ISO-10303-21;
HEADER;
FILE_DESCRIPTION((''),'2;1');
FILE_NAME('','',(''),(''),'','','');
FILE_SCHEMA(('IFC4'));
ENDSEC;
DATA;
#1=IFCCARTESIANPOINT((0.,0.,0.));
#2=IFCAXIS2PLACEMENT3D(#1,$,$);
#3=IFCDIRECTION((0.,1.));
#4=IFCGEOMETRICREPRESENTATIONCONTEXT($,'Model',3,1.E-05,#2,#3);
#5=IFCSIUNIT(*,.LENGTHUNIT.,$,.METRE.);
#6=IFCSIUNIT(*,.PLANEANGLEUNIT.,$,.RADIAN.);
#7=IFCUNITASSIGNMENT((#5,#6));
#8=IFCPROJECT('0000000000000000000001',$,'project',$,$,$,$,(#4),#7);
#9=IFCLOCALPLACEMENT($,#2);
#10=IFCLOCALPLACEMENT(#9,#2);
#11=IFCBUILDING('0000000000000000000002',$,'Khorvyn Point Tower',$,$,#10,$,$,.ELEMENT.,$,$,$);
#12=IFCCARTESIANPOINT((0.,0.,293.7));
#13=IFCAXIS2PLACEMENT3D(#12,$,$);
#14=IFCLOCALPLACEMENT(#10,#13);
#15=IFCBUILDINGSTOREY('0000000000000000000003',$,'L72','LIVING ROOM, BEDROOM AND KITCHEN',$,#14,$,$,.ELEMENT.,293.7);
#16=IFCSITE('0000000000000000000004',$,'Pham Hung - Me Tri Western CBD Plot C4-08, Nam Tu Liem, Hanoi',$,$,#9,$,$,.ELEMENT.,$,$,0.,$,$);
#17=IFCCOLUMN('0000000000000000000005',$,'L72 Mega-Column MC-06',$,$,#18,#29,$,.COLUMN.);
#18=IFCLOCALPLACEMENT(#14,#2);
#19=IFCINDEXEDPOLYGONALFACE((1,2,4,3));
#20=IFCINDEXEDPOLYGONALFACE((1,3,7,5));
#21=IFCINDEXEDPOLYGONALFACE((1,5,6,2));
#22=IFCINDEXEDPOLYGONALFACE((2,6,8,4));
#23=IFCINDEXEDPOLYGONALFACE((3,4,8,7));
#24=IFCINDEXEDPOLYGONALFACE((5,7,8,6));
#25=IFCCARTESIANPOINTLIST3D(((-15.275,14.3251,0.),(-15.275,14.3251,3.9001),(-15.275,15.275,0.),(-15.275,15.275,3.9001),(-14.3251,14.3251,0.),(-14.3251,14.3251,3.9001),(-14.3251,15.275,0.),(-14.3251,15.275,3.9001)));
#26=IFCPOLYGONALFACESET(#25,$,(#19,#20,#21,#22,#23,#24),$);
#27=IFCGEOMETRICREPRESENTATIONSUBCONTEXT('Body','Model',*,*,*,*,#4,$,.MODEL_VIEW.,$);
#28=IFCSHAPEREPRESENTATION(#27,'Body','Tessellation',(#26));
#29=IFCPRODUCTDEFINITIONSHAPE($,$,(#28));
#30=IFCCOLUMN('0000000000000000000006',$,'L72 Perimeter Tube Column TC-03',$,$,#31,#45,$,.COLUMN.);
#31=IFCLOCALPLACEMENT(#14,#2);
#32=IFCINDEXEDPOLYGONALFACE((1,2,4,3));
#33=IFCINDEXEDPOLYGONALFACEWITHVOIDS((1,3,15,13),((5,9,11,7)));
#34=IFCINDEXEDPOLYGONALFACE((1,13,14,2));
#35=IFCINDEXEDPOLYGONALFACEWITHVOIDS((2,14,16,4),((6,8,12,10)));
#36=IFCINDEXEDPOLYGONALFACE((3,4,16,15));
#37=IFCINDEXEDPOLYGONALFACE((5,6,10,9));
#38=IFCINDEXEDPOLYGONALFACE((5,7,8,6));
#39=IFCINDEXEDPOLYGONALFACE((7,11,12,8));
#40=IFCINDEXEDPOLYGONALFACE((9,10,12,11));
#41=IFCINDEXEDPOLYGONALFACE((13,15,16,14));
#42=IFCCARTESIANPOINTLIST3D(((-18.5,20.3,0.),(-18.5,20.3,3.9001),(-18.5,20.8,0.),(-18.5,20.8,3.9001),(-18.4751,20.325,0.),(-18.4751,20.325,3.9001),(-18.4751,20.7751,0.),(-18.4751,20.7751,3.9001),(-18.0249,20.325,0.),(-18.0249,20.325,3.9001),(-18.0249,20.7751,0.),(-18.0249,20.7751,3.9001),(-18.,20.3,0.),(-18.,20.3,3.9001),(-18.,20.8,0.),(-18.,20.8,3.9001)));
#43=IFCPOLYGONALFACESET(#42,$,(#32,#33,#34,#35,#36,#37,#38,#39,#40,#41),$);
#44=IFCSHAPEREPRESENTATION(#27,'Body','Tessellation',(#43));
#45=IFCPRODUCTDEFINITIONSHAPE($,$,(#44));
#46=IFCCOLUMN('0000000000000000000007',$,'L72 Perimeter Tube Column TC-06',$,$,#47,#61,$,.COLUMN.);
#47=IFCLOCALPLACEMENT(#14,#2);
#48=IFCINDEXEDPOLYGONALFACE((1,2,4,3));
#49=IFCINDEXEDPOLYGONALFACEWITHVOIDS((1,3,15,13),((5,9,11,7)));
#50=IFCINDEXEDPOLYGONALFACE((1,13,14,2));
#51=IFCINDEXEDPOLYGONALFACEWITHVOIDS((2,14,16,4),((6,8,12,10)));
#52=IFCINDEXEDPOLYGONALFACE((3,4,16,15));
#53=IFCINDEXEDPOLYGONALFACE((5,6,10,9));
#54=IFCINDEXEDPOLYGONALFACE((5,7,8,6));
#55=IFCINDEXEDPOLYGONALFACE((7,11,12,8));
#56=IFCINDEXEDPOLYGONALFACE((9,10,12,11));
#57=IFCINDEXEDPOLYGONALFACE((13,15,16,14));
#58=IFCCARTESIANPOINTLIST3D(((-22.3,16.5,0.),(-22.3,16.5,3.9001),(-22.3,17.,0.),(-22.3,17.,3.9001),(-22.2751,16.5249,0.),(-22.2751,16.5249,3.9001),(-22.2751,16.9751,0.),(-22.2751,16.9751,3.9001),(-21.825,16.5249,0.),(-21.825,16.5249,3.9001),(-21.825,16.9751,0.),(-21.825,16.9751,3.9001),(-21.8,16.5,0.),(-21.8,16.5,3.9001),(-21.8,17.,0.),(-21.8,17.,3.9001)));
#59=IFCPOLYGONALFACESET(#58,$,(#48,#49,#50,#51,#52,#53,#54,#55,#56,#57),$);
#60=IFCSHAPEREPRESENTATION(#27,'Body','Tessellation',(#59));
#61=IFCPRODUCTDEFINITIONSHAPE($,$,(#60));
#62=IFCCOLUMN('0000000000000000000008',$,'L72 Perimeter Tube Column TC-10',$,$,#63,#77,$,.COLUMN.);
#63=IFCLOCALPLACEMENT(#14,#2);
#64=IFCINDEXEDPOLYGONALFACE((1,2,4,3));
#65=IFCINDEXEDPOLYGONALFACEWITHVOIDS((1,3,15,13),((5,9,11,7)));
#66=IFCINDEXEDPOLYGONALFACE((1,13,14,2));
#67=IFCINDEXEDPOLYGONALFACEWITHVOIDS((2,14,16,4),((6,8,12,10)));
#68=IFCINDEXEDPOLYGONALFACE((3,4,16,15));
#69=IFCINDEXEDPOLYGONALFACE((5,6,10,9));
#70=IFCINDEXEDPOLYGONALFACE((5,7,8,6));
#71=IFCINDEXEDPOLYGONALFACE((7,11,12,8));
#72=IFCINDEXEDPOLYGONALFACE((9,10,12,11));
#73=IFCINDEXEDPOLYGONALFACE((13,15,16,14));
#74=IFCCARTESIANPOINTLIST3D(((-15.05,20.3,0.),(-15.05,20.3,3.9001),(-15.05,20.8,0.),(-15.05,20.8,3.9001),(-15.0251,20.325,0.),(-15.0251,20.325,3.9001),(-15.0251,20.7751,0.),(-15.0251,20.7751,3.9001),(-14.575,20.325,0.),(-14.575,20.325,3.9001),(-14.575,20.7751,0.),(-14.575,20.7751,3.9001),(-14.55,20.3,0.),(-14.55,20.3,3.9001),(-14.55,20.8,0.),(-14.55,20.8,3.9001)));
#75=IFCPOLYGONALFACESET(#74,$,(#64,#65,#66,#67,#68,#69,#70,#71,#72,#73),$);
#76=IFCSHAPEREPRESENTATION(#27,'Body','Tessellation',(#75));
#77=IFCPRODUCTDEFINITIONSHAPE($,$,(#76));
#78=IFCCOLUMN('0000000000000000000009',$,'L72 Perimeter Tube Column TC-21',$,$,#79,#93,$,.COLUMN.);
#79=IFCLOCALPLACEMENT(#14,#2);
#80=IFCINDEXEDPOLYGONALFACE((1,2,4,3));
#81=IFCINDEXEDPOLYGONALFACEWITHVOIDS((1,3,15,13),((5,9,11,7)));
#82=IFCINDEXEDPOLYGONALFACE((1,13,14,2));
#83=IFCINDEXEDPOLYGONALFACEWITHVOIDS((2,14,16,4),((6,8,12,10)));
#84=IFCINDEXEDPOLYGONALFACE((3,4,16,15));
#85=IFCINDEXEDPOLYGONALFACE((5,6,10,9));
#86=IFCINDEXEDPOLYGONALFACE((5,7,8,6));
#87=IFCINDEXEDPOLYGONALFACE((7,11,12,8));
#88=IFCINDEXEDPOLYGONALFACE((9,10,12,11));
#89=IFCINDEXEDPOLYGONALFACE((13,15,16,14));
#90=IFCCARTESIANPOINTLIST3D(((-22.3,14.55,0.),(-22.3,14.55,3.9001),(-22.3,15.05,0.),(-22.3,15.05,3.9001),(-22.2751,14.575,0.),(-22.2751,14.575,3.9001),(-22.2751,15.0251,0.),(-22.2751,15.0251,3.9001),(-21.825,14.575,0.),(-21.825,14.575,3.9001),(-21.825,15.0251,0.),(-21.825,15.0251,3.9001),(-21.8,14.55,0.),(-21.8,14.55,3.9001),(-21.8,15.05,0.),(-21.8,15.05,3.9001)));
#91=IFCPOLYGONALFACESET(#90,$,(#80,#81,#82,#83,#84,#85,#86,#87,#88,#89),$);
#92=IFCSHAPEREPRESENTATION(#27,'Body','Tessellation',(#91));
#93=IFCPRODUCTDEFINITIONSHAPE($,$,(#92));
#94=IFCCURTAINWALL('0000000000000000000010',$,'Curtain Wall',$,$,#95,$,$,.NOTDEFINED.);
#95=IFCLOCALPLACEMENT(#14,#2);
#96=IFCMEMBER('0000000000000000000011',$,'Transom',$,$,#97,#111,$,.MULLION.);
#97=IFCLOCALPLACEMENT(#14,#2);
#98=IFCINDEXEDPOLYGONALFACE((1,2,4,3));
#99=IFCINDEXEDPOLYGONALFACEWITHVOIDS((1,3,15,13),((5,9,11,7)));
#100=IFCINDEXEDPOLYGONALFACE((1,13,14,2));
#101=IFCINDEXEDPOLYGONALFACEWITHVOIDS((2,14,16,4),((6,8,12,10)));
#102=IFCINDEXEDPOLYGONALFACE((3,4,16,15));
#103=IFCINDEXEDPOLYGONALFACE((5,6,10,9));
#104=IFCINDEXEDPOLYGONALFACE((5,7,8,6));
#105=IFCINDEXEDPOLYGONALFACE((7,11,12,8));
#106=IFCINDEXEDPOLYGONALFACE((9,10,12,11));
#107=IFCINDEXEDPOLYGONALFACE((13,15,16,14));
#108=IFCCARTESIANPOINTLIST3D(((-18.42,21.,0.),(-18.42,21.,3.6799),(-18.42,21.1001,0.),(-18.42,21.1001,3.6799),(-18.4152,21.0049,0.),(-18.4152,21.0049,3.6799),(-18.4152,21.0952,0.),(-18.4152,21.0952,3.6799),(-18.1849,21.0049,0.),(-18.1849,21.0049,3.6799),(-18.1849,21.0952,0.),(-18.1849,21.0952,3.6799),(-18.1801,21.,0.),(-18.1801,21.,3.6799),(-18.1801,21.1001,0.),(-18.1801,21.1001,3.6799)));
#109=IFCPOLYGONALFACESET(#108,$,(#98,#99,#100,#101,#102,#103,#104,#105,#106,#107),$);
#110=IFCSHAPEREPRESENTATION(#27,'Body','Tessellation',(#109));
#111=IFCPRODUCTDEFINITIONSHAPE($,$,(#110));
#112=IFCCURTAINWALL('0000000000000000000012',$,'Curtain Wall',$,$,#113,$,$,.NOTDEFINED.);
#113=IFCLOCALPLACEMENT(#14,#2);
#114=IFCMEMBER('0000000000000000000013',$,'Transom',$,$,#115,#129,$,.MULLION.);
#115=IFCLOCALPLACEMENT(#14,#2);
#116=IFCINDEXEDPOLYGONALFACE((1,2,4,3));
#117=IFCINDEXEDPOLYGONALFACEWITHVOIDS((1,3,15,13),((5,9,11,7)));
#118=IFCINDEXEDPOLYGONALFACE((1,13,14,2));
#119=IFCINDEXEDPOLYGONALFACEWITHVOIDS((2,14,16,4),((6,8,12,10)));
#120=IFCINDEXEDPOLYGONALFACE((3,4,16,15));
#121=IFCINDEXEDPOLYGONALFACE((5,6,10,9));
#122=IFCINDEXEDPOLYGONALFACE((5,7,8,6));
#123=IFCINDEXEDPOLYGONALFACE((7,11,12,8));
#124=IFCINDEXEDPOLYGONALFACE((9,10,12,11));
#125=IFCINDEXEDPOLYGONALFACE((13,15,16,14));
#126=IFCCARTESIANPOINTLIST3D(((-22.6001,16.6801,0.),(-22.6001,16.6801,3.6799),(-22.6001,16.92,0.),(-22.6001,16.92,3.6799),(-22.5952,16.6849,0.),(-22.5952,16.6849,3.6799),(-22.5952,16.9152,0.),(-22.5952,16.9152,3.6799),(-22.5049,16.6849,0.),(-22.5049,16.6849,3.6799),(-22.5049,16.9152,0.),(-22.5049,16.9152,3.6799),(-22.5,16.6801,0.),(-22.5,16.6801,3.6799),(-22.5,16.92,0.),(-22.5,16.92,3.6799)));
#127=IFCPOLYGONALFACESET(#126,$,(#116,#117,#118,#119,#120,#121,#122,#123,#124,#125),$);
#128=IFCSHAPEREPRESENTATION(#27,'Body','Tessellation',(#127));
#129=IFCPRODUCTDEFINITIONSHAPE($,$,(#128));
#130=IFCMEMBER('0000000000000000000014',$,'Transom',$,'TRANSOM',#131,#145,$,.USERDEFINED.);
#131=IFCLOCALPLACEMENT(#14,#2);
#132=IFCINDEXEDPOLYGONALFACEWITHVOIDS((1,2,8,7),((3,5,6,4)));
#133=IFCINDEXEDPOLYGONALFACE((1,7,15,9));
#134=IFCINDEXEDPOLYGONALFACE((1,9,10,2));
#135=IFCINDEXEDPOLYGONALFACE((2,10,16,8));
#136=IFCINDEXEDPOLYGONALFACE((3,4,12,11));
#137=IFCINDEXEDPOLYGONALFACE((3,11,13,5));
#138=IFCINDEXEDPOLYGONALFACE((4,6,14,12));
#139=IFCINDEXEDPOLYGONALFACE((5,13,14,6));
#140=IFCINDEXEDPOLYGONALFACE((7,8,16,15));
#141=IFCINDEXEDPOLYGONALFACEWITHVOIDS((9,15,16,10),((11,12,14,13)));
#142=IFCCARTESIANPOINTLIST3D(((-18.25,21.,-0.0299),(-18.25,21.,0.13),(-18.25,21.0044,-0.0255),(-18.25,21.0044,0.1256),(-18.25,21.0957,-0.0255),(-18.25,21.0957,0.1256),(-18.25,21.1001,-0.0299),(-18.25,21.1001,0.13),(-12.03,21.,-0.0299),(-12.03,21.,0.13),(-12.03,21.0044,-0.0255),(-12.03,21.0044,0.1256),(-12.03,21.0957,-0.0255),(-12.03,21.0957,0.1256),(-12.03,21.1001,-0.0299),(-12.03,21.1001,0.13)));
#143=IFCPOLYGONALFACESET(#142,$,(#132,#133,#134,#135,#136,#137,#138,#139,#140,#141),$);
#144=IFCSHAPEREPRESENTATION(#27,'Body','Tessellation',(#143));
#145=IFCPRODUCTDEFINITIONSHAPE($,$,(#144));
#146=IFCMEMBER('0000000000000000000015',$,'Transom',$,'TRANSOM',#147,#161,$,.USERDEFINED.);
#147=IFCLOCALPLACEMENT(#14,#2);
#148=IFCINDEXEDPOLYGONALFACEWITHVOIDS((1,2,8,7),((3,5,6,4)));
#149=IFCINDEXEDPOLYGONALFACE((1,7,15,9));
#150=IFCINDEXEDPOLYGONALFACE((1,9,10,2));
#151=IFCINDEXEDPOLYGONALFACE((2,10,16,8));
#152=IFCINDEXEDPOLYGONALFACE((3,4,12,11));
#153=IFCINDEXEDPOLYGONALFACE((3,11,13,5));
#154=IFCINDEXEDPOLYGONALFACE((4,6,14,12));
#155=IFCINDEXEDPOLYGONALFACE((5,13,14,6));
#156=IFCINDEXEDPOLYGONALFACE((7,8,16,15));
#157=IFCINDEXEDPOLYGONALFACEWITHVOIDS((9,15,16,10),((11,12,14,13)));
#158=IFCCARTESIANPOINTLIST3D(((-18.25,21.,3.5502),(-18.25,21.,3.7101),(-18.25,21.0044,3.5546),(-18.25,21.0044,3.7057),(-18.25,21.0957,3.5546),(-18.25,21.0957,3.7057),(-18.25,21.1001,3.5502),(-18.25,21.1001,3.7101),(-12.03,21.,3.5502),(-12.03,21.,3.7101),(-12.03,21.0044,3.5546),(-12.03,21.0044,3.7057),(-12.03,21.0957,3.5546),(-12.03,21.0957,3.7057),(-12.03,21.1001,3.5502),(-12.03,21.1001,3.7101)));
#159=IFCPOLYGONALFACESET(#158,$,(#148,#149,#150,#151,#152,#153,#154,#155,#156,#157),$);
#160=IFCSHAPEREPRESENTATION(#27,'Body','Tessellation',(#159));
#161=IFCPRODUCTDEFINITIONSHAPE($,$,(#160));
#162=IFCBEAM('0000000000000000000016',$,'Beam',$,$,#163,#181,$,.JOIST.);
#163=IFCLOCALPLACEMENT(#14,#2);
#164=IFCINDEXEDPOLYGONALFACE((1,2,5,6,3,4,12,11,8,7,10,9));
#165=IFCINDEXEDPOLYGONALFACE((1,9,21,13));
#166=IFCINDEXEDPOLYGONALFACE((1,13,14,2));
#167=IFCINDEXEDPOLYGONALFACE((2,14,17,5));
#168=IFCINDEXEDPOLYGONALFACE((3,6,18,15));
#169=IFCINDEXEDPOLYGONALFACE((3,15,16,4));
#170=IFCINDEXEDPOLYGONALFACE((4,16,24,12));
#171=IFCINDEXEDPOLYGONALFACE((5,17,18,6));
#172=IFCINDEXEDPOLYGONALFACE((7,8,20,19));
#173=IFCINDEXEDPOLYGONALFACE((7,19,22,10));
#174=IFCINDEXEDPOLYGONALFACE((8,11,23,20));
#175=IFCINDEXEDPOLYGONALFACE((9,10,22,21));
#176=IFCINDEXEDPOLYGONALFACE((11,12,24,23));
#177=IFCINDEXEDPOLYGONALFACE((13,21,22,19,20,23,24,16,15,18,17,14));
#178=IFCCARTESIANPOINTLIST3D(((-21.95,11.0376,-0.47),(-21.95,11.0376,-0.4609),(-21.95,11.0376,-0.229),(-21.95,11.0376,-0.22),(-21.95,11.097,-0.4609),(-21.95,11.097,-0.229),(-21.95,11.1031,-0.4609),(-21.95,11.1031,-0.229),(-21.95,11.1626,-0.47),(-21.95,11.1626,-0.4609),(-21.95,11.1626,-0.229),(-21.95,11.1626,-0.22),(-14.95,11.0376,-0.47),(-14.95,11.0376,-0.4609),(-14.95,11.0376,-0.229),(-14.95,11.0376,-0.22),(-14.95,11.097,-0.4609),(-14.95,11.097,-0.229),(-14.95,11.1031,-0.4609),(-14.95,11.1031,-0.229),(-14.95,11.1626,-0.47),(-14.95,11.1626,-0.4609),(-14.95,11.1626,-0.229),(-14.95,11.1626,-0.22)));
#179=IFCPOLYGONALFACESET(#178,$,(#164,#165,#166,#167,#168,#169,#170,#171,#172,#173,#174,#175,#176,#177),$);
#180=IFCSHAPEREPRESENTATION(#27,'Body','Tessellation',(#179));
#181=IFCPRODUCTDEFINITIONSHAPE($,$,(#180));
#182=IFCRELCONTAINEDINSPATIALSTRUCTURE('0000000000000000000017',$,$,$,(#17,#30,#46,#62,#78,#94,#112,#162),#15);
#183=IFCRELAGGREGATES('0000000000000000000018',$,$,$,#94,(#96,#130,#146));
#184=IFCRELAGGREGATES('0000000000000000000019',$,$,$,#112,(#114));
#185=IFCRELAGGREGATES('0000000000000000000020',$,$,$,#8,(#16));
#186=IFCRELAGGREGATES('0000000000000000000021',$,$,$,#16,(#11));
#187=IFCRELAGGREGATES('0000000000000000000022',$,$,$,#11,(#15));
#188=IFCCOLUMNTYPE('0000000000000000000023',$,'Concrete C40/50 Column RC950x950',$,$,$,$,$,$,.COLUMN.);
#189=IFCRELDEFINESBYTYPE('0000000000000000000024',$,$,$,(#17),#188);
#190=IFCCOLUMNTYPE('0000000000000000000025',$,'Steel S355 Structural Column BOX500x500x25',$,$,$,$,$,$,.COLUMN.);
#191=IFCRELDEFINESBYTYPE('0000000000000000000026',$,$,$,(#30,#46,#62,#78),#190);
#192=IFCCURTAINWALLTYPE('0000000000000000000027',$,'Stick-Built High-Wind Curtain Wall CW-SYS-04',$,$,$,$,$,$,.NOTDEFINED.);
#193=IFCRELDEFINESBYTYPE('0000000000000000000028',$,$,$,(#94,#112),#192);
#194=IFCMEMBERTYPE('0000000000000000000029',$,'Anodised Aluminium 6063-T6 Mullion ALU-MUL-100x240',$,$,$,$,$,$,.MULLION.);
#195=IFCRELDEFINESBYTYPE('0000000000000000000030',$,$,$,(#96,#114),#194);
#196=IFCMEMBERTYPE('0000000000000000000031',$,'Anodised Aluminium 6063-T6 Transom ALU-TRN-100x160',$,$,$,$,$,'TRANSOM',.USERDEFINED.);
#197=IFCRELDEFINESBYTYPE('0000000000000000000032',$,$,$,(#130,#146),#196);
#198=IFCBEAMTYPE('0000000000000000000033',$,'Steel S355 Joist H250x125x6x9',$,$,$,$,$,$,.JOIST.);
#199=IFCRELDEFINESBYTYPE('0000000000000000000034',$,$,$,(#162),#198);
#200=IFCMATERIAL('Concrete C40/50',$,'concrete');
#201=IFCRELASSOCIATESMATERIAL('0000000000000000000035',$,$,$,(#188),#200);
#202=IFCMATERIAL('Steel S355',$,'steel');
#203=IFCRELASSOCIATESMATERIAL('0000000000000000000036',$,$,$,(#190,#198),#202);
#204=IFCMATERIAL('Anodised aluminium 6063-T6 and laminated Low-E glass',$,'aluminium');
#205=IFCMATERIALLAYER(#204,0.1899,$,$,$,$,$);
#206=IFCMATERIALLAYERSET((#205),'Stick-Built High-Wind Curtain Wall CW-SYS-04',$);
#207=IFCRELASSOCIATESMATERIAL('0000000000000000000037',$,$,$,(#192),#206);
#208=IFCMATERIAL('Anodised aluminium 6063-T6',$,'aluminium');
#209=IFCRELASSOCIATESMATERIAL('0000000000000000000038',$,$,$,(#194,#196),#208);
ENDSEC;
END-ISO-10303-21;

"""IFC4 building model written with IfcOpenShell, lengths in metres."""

from ifc_helpers import new_model, si_unit, direction, frame, origin, origin_2d, place, context, subcontext, project, spatial, rectangle, hollow_rectangle, i_section, extrude, material, layer, layer_set, material_profile, profile_set, type_object, element, aggregate, save


model = new_model("IFC4")

# Units and contexts
model_context = context("Model", 3, precision=1e-05, world=origin(), true_north=direction((0.0, 1.0)))
body_context = subcontext(model_context, "Body", "Model", "MODEL_VIEW")
ifc_project = project(units=[si_unit("LENGTHUNIT", "METRE"), si_unit("PLANEANGLEUNIT", "RADIAN")], contexts=[model_context])

# Site, building, storey
site_placement = place(None, origin())
site = spatial("IfcSite", under=ifc_project, at=site_placement, Name="Pham Hung - Me Tri Western CBD Plot C4-08, Nam Tu Liem, Hanoi", CompositionType="ELEMENT", RefElevation=0.0)
building_placement = place(site_placement, origin())
building = spatial("IfcBuilding", under=site, at=building_placement, Name="Khorvyn Point Tower", CompositionType="ELEMENT")
storey_placement = place(building_placement, frame((0.0, 0.0, 293.7)))
storey = spatial("IfcBuildingStorey", under=building, at=storey_placement, Name="L72", Description="LIVING ROOM, BEDROOM AND KITCHEN", CompositionType="ELEMENT", Elevation=293.7)

# Columns
ifc_material_1 = material(Name="Concrete C40/50", Category="concrete")
ifc_material_profile_1 = material_profile(ifc_material_1, rectangle(XDim=0.95, YDim=0.95, at=origin_2d()))
ifc_profile_set_1 = profile_set([ifc_material_profile_1], Name="Concrete C40/50 RC950x950")
column_type_1 = type_object("IfcColumnType", Name="Concrete C40/50 Column RC950x950", PredefinedType="COLUMN", material=ifc_profile_set_1)
column_placement = place(storey_placement, frame((-14.8, 14.8, 0.0), z_axis=(0.0, 0.0, 1.0), x_axis=(1.0, 0.0, 0.0)))
element("IfcColumn", 1, at=column_placement, inside=storey, type_object=column_type_1, Name="L72 Mega-Column MC-06", PredefinedType="COLUMN", context=body_context, shape_type="SweptSolid", body=[
    extrude(rectangle(XDim=0.95, YDim=0.95, at=origin_2d()), origin(), (0.0, 0.0, 1.0), 3.9001),
])
ifc_material_2 = material(Name="Steel S355", Category="steel")
ifc_material_profile_2 = material_profile(ifc_material_2, hollow_rectangle(XDim=0.5, YDim=0.5, WallThickness=0.0249, at=origin_2d()))
ifc_profile_set_2 = profile_set([ifc_material_profile_2], Name="Steel S355 BOX500x500x25")
column_type_2 = type_object("IfcColumnType", Name="Steel S355 Structural Column BOX500x500x25", PredefinedType="COLUMN", material=ifc_profile_set_2)
for number, where, z_axis, x_axis, name in (
    (2, (-18.25, 20.55, 0.0), (0.0, 0.0, 1.0), (1.0, 0.0, 0.0), "L72 Perimeter Tube Column TC-03"),
    (3, (-22.05, 16.75, 0.0), (0.0, 0.0, 1.0), (1.0, 0.0, 0.0), "L72 Perimeter Tube Column TC-06"),
    (4, (-14.8, 20.55, 0.0), (0.0, 0.0, 1.0), (1.0, 0.0, 0.0), "L72 Perimeter Tube Column TC-10"),
    (5, (-22.05, 14.8, 0.0), (0.0, 0.0, 1.0), (1.0, 0.0, 0.0), "L72 Perimeter Tube Column TC-21"),
):
    element("IfcColumn", number, at=place(storey_placement, frame(where, z_axis=z_axis, x_axis=x_axis)), inside=storey, type_object=column_type_2, Name=name, PredefinedType="COLUMN", context=body_context, shape_type="SweptSolid", body=[
        extrude(hollow_rectangle(XDim=0.5, YDim=0.5, WallThickness=0.0249, at=origin_2d()), origin(), (0.0, 0.0, 1.0), 3.9001),
    ])

# Curtain walls, members
ifc_material_3 = material(Name="Anodised aluminium 6063-T6 and laminated Low-E glass", Category="aluminium")
ifc_layer_1 = layer(ifc_material_3, 0.1899)
ifc_layer_set_1 = layer_set([ifc_layer_1], Name="Stick-Built High-Wind Curtain Wall CW-SYS-04")
curtain_wall_type = type_object("IfcCurtainWallType", Name="Stick-Built High-Wind Curtain Wall CW-SYS-04", PredefinedType="NOTDEFINED", material=ifc_layer_set_1)
curtain_wall_1_placement = place(storey_placement, origin())
curtain_wall_1 = element("IfcCurtainWall", 6, at=curtain_wall_1_placement, inside=storey, type_object=curtain_wall_type, Name="Curtain Wall", PredefinedType="NOTDEFINED")
ifc_material_4 = material(Name="Anodised aluminium 6063-T6", Category="aluminium")
ifc_material_profile_3 = material_profile(ifc_material_4, hollow_rectangle(XDim=0.1001, YDim=0.24, WallThickness=0.0049, at=origin_2d()))
ifc_profile_set_3 = profile_set([ifc_material_profile_3], Name="Anodised aluminium 6063-T6 ALU-MUL-100x240")
member_type_1 = type_object("IfcMemberType", Name="Anodised Aluminium 6063-T6 Mullion ALU-MUL-100x240", PredefinedType="MULLION", material=ifc_profile_set_3)
member_1_placement = place(storey_placement, frame((-18.3, 21.05, 0.0), z_axis=(0.0, 0.0, 1.0), x_axis=(0.0, 1.0, 0.0)))
member_1 = element("IfcMember", 7, at=member_1_placement, type_object=member_type_1, Name="Transom", PredefinedType="MULLION", context=body_context, shape_type="SweptSolid", body=[
    extrude(hollow_rectangle(XDim=0.1001, YDim=0.24, WallThickness=0.0049, at=origin_2d()), origin(), (0.0, 0.0, 1.0), 3.6799),
])
curtain_wall_2_placement = place(storey_placement, origin())
curtain_wall_2 = element("IfcCurtainWall", 8, at=curtain_wall_2_placement, inside=storey, type_object=curtain_wall_type, Name="Curtain Wall", PredefinedType="NOTDEFINED")
member_2_placement = place(storey_placement, frame((-22.55, 16.8, 0.0), z_axis=(0.0, 0.0, 1.0), x_axis=(-1.0, 0.0, 0.0)))
member_2 = element("IfcMember", 9, at=member_2_placement, type_object=member_type_1, Name="Transom", PredefinedType="MULLION", context=body_context, shape_type="SweptSolid", body=[
    extrude(hollow_rectangle(XDim=0.1001, YDim=0.24, WallThickness=0.0049, at=origin_2d()), origin(), (0.0, 0.0, 1.0), 3.6799),
])

# Members
ifc_material_profile_4 = material_profile(ifc_material_4, hollow_rectangle(XDim=0.1001, YDim=0.1599, WallThickness=0.0044, at=origin_2d()))
ifc_profile_set_4 = profile_set([ifc_material_profile_4], Name="Anodised aluminium 6063-T6 ALU-TRN-100x160")
member_type_2 = type_object("IfcMemberType", Name="Anodised Aluminium 6063-T6 Transom ALU-TRN-100x160", ElementType="TRANSOM", PredefinedType="USERDEFINED", material=ifc_profile_set_4)
member_3_placement = place(storey_placement, frame((-18.25, 21.05, 0.05), z_axis=(1.0, 0.0, 0.0), x_axis=(0.0, 1.0, 0.0)))
member_3 = element("IfcMember", 10, at=member_3_placement, type_object=member_type_2, Name="Transom", ObjectType="TRANSOM", PredefinedType="USERDEFINED", context=body_context, shape_type="SweptSolid", body=[
    extrude(hollow_rectangle(XDim=0.1001, YDim=0.1599, WallThickness=0.0044, at=origin_2d()), origin(), (0.0, 0.0, 1.0), 6.22),
])
member_4_placement = place(storey_placement, frame((-18.25, 21.05, 3.6301), z_axis=(1.0, 0.0, 0.0), x_axis=(0.0, 1.0, 0.0)))
member_4 = element("IfcMember", 11, at=member_4_placement, type_object=member_type_2, Name="Transom", ObjectType="TRANSOM", PredefinedType="USERDEFINED", context=body_context, shape_type="SweptSolid", body=[
    extrude(hollow_rectangle(XDim=0.1001, YDim=0.1599, WallThickness=0.0044, at=origin_2d()), origin(), (0.0, 0.0, 1.0), 6.22),
])

# Beam
ifc_material_profile_5 = material_profile(ifc_material_2, i_section(OverallWidth=0.125, OverallDepth=0.25, WebThickness=0.0061, FlangeThickness=0.009, at=origin_2d()))
ifc_profile_set_5 = profile_set([ifc_material_profile_5], Name="Steel S355 H250x125x6x9")
beam_type_1 = type_object("IfcBeamType", Name="Steel S355 Joist H250x125x6x9", PredefinedType="JOIST", material=ifc_profile_set_5)
beam_1_placement = place(storey_placement, frame((-21.95, 11.1001, -0.345), z_axis=(1.0, 0.0, 0.0), x_axis=(0.0, 1.0, 0.0)))
element("IfcBeam", 12, at=beam_1_placement, inside=storey, type_object=beam_type_1, Name="Beam", PredefinedType="JOIST", context=body_context, shape_type="SweptSolid", body=[
    extrude(i_section(OverallWidth=0.125, OverallDepth=0.25, WebThickness=0.0061, FlangeThickness=0.009, at=origin_2d()), origin(), (0.0, 0.0, 1.0), 7.0),
])

aggregate(curtain_wall_1, [member_1, member_3, member_4])
aggregate(curtain_wall_2, [member_2])

save(model, "model.ifc")
